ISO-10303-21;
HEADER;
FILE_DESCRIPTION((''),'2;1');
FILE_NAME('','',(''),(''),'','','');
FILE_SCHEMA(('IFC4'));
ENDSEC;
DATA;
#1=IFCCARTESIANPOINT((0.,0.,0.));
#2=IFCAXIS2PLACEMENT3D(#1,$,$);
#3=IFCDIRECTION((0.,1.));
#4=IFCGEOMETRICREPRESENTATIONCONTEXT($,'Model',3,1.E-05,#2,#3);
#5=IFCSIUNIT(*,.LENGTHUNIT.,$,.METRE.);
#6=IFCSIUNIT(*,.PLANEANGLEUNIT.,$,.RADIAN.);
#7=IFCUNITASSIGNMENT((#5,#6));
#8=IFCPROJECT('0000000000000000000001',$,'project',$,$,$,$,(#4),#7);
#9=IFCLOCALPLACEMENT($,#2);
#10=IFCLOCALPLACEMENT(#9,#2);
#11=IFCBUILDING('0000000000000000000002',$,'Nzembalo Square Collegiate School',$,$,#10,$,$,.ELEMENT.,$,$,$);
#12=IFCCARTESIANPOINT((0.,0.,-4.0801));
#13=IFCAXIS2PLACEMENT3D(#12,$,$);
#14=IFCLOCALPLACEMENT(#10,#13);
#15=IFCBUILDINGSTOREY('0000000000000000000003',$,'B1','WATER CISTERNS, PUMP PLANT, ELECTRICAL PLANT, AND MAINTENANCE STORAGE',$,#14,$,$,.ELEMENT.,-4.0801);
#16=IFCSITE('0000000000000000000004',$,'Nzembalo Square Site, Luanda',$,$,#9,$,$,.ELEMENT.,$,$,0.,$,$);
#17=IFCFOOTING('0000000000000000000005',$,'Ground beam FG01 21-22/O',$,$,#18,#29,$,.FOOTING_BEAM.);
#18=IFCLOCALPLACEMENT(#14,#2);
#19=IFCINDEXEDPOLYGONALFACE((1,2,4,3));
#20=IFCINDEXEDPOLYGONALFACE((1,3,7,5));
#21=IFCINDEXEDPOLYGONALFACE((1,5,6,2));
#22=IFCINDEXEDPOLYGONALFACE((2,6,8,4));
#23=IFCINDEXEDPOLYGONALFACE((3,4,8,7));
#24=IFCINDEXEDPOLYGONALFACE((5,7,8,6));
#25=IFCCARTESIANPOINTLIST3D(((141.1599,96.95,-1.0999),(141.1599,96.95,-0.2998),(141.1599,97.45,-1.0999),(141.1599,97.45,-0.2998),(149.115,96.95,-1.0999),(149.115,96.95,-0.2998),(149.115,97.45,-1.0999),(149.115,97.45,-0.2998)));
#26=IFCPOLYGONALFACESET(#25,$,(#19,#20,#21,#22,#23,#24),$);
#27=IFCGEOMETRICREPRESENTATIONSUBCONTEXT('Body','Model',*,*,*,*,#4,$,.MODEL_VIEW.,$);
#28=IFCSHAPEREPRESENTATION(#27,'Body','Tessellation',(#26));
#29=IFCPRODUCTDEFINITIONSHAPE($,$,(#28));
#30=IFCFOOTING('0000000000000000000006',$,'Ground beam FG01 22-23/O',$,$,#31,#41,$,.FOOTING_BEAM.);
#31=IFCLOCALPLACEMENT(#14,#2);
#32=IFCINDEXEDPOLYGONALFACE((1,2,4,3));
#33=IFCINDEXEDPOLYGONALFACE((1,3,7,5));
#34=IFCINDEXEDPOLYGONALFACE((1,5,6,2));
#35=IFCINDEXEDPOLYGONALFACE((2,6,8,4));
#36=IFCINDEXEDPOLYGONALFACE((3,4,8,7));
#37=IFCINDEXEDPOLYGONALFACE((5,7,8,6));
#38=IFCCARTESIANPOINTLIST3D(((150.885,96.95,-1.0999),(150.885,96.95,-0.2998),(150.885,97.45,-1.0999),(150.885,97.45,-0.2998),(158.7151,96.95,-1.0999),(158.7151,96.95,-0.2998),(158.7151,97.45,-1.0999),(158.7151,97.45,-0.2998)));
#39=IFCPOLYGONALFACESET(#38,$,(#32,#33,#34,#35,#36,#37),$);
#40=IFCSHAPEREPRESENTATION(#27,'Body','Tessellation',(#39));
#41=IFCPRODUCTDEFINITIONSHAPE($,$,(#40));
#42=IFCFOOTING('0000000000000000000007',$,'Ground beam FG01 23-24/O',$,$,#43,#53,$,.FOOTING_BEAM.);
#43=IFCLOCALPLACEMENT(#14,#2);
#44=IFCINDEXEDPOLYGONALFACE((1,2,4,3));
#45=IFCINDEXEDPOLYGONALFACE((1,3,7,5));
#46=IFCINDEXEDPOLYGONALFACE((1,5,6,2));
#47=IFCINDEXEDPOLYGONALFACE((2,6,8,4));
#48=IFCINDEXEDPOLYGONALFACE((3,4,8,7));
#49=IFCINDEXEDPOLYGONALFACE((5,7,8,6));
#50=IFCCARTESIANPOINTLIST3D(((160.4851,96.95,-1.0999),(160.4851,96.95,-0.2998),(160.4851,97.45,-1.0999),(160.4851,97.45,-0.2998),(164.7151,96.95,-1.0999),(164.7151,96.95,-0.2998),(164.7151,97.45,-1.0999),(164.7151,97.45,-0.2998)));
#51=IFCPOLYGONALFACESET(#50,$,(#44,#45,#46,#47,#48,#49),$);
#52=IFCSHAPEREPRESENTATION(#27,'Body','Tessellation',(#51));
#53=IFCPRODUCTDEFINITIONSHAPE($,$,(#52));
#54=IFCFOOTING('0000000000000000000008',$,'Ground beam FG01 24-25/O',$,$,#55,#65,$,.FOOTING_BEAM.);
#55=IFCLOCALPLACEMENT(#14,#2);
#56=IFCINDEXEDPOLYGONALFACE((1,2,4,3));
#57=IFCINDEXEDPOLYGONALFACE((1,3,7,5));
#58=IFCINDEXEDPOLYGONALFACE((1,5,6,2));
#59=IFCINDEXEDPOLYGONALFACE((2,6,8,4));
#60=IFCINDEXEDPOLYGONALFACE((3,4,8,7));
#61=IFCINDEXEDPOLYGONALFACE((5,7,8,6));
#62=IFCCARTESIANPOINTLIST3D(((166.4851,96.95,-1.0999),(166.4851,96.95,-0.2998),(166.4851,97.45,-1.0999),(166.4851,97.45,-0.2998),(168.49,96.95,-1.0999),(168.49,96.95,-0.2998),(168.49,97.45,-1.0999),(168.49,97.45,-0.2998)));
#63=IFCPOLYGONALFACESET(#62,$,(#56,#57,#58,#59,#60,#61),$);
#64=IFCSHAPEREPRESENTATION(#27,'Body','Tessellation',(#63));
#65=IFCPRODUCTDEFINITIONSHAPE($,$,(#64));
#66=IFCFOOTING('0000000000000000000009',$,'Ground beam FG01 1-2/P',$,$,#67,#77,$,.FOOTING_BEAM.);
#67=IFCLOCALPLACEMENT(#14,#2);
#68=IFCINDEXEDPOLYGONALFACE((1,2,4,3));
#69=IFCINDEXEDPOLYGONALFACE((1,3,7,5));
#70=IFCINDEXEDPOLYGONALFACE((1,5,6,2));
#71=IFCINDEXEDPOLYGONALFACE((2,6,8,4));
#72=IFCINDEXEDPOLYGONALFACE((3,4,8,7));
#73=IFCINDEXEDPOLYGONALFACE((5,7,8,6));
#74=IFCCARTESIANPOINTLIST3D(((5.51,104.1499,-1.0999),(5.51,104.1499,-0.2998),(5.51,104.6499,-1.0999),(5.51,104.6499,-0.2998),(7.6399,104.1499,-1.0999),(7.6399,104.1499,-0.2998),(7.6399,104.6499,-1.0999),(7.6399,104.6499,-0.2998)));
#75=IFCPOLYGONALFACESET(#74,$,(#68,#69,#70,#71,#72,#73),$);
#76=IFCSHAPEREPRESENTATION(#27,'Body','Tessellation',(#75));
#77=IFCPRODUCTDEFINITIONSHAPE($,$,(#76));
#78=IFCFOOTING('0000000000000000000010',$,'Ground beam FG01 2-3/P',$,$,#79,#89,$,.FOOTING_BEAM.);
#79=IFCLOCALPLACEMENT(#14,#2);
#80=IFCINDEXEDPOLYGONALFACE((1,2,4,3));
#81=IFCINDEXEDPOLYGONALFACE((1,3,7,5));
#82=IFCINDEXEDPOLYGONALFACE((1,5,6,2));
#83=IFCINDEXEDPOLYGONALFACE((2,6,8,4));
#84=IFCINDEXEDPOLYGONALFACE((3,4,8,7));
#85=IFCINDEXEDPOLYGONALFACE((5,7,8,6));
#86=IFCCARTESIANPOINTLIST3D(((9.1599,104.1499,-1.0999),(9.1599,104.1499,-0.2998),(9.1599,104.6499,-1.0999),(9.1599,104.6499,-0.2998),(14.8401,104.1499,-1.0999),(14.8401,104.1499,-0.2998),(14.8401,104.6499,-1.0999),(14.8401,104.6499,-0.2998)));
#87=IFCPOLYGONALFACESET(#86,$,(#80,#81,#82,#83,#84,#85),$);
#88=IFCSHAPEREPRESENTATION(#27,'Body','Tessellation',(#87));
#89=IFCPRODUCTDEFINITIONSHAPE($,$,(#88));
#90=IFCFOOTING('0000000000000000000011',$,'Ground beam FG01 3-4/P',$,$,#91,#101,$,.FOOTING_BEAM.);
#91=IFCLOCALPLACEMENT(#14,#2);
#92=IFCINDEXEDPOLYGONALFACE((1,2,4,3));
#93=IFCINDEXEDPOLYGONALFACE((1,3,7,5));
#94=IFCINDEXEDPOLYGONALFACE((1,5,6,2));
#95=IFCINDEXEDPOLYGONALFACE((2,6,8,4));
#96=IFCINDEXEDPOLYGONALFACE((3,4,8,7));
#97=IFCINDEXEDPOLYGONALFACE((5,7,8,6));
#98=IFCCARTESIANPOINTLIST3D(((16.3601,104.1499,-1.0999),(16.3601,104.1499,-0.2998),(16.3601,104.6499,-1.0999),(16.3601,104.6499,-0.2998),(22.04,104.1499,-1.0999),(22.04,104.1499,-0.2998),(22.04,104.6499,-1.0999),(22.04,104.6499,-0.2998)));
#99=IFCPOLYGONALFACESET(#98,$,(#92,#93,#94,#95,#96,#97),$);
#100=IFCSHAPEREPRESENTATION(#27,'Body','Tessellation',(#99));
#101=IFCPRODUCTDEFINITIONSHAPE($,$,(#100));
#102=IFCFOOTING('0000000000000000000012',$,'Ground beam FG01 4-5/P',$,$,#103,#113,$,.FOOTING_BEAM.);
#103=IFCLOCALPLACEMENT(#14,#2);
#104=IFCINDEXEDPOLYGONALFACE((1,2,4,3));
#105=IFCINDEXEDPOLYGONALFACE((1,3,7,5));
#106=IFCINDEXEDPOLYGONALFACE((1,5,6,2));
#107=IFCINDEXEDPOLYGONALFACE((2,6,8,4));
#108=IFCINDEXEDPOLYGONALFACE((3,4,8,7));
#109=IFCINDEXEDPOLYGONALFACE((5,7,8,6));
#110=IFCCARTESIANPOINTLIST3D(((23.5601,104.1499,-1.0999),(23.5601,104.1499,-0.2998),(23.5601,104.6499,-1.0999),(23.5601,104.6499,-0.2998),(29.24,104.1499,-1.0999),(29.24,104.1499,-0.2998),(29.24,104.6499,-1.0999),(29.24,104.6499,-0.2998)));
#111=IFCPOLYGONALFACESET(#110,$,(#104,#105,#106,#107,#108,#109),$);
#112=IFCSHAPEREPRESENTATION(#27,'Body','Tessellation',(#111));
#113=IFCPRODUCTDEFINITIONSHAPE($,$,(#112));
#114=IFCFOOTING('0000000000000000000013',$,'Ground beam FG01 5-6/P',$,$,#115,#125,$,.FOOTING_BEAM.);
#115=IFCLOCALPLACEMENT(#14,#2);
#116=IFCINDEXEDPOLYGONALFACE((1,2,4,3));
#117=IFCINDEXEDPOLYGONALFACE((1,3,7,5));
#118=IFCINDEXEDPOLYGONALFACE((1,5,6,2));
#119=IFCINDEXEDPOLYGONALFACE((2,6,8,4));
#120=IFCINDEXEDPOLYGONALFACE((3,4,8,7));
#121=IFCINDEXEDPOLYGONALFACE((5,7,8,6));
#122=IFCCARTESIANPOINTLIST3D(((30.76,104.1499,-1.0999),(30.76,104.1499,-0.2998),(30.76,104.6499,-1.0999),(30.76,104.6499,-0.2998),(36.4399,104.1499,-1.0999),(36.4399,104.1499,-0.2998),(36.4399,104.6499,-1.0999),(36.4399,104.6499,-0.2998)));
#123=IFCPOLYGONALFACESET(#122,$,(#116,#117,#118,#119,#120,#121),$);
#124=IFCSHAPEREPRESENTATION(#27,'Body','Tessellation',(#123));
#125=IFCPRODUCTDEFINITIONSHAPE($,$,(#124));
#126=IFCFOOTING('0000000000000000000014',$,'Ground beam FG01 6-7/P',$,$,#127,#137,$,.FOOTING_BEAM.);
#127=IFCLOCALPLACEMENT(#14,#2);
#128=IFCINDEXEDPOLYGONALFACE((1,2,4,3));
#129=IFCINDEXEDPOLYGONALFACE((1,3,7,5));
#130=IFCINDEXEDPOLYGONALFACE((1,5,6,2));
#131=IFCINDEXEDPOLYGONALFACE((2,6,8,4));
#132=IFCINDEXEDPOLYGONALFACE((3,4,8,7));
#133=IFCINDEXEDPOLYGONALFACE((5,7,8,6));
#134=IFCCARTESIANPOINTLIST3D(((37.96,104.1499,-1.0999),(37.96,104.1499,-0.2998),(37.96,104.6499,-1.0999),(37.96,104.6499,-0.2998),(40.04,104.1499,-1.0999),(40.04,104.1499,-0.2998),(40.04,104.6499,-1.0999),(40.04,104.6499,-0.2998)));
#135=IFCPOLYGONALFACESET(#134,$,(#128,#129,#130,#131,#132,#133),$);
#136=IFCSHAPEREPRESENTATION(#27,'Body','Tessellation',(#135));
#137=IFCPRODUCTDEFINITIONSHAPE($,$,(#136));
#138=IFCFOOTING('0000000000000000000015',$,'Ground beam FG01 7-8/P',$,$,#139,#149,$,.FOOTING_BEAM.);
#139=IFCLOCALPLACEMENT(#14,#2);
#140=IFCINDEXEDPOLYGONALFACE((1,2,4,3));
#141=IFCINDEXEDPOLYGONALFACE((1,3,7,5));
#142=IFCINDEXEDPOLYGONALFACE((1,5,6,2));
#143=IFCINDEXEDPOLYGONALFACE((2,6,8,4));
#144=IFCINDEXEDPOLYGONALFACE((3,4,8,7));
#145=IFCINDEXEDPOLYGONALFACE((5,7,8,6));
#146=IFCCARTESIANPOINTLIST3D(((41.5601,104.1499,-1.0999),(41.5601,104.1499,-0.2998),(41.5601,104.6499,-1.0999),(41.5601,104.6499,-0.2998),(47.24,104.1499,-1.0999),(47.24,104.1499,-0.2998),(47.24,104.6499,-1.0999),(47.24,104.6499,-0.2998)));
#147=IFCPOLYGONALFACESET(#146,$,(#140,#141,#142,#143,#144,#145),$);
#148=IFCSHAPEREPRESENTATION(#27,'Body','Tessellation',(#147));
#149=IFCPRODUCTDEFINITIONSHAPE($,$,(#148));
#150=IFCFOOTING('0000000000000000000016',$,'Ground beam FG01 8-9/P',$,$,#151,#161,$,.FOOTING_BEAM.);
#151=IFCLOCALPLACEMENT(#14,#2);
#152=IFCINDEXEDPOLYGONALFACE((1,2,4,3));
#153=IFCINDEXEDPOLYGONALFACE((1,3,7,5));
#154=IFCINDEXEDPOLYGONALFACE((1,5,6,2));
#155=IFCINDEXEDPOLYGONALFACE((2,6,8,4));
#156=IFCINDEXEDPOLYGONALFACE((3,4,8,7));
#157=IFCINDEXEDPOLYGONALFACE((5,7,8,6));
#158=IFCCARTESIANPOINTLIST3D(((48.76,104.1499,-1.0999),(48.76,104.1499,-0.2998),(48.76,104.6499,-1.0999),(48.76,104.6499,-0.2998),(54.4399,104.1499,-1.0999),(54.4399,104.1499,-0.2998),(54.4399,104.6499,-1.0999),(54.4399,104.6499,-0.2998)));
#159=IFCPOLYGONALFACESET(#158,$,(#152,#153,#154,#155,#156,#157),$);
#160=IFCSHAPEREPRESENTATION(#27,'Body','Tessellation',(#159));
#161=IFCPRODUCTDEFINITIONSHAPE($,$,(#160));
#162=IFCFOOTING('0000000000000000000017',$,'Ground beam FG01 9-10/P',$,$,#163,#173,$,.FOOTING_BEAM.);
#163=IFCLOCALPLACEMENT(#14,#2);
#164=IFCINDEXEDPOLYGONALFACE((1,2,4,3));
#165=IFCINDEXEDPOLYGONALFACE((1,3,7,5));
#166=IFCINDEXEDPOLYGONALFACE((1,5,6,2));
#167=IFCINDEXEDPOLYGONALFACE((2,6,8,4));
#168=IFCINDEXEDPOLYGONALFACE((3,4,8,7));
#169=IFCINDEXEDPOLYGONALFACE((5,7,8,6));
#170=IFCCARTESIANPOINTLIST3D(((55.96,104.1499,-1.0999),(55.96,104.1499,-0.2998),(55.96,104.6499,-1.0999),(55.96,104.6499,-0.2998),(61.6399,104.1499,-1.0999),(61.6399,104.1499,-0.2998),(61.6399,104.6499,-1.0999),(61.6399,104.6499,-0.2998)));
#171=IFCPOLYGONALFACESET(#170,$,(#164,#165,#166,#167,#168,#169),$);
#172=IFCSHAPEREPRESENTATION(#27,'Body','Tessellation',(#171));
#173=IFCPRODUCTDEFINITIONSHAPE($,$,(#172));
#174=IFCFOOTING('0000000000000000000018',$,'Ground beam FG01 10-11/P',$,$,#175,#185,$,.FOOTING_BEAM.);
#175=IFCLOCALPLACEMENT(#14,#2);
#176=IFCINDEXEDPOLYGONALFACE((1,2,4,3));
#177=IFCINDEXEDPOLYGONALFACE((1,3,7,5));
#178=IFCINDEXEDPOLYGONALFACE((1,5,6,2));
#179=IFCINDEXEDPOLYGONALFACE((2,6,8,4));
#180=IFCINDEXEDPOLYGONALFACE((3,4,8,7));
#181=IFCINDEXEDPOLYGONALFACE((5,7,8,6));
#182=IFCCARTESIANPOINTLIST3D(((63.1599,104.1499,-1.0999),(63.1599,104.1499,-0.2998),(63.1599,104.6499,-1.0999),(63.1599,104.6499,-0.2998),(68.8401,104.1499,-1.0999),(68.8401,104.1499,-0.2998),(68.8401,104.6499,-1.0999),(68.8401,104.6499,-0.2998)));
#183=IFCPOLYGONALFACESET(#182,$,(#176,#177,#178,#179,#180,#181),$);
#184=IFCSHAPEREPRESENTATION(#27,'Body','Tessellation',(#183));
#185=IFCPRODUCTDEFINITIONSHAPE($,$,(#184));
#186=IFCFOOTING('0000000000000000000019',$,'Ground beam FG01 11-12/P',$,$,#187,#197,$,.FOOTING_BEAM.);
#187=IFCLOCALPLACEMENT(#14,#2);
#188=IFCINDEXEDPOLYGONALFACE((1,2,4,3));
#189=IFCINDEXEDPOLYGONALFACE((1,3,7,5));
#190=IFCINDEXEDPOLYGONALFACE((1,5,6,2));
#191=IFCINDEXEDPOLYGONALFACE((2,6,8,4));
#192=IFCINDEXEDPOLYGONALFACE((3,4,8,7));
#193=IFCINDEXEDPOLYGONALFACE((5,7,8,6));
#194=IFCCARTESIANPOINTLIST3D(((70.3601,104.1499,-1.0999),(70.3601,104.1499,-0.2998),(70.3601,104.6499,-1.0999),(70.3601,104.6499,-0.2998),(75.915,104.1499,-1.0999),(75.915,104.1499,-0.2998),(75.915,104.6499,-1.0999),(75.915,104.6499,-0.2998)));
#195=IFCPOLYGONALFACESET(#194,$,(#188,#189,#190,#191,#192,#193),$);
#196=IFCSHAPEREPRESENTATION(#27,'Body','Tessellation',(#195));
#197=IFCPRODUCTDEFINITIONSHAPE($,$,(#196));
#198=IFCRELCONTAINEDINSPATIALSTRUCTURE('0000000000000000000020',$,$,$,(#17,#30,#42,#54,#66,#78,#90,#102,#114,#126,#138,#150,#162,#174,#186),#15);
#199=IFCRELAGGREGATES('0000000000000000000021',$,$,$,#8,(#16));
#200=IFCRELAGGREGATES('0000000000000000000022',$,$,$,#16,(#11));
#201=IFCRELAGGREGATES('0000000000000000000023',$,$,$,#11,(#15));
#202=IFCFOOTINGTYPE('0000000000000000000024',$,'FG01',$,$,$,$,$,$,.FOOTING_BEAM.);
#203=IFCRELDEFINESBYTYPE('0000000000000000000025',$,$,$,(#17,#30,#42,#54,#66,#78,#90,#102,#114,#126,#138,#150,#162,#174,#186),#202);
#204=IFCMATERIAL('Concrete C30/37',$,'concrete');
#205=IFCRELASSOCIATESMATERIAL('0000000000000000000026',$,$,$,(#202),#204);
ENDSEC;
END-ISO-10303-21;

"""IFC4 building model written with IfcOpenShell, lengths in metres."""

from ifc_helpers import new_model, si_unit, direction, frame, origin, place, context, subcontext, project, spatial, polyline, outline, extrude, material, type_object, element, save


model = new_model("IFC4")

# Units and contexts
model_context = context("Model", 3, precision=1e-05, world=origin(), true_north=direction((0.0, 1.0)))
body_context = subcontext(model_context, "Body", "Model", "MODEL_VIEW")
ifc_project = project(units=[si_unit("LENGTHUNIT", "METRE"), si_unit("PLANEANGLEUNIT", "RADIAN")], contexts=[model_context])

# Site, building, storey
site_placement = place(None, origin())
site = spatial("IfcSite", under=ifc_project, at=site_placement, Name="Nzembalo Square Site, Luanda", CompositionType="ELEMENT", RefElevation=0.0)
building_placement = place(site_placement, origin())
building = spatial("IfcBuilding", under=site, at=building_placement, Name="Nzembalo Square Collegiate School", CompositionType="ELEMENT")
storey_placement = place(building_placement, frame((0.0, 0.0, -4.0801)))
storey = spatial("IfcBuildingStorey", under=building, at=storey_placement, Name="B1", Description="WATER CISTERNS, PUMP PLANT, ELECTRICAL PLANT, AND MAINTENANCE STORAGE", CompositionType="ELEMENT", Elevation=-4.0801)

# Footings
ifc_material = material(Name="Concrete C30/37", Category="concrete")
footing_type = type_object("IfcFootingType", Name="FG01", PredefinedType="FOOTING_BEAM", material=ifc_material)
footing_1_placement = place(storey_placement, frame((0.0, 0.0, -1.0999)))
element("IfcFooting", 1, at=footing_1_placement, inside=storey, type_object=footing_type, Name="Ground beam FG01 21-22/O", PredefinedType="FOOTING_BEAM", context=body_context, shape_type="SweptSolid", body=[
    extrude(outline(polyline([(141.1599, 96.95), (149.115, 96.95), (149.115, 97.45), (141.1599, 97.45), (141.1599, 96.95)])), origin(), (0.0, 0.0, 1.0), 0.8),
])
footing_2_placement = place(storey_placement, frame((0.0, 0.0, -1.0999)))
element("IfcFooting", 2, at=footing_2_placement, inside=storey, type_object=footing_type, Name="Ground beam FG01 22-23/O", PredefinedType="FOOTING_BEAM", context=body_context, shape_type="SweptSolid", body=[
    extrude(outline(polyline([(150.885, 96.95), (158.7151, 96.95), (158.7151, 97.45), (150.885, 97.45), (150.885, 96.95)])), origin(), (0.0, 0.0, 1.0), 0.8),
])
footing_3_placement = place(storey_placement, frame((0.0, 0.0, -1.0999)))
element("IfcFooting", 3, at=footing_3_placement, inside=storey, type_object=footing_type, Name="Ground beam FG01 23-24/O", PredefinedType="FOOTING_BEAM", context=body_context, shape_type="SweptSolid", body=[
    extrude(outline(polyline([(160.4851, 96.95), (164.7151, 96.95), (164.7151, 97.45), (160.4851, 97.45), (160.4851, 96.95)])), origin(), (0.0, 0.0, 1.0), 0.8),
])
footing_4_placement = place(storey_placement, frame((0.0, 0.0, -1.0999)))
element("IfcFooting", 4, at=footing_4_placement, inside=storey, type_object=footing_type, Name="Ground beam FG01 24-25/O", PredefinedType="FOOTING_BEAM", context=body_context, shape_type="SweptSolid", body=[
    extrude(outline(polyline([(166.4851, 96.95), (168.49, 96.95), (168.49, 97.45), (166.4851, 97.45), (166.4851, 96.95)])), origin(), (0.0, 0.0, 1.0), 0.8),
])
footing_5_placement = place(storey_placement, frame((0.0, 0.0, -1.0999)))
element("IfcFooting", 5, at=footing_5_placement, inside=storey, type_object=footing_type, Name="Ground beam FG01 1-2/P", PredefinedType="FOOTING_BEAM", context=body_context, shape_type="SweptSolid", body=[
    extrude(outline(polyline([(5.51, 104.1499), (7.6399, 104.1499), (7.6399, 104.6499), (5.51, 104.6499), (5.51, 104.1499)])), origin(), (0.0, 0.0, 1.0), 0.8),
])
footing_6_placement = place(storey_placement, frame((0.0, 0.0, -1.0999)))
element("IfcFooting", 6, at=footing_6_placement, inside=storey, type_object=footing_type, Name="Ground beam FG01 2-3/P", PredefinedType="FOOTING_BEAM", context=body_context, shape_type="SweptSolid", body=[
    extrude(outline(polyline([(9.1599, 104.1499), (14.8401, 104.1499), (14.8401, 104.6499), (9.1599, 104.6499), (9.1599, 104.1499)])), origin(), (0.0, 0.0, 1.0), 0.8),
])
footing_7_placement = place(storey_placement, frame((0.0, 0.0, -1.0999)))
element("IfcFooting", 7, at=footing_7_placement, inside=storey, type_object=footing_type, Name="Ground beam FG01 3-4/P", PredefinedType="FOOTING_BEAM", context=body_context, shape_type="SweptSolid", body=[
    extrude(outline(polyline([(16.3601, 104.1499), (22.04, 104.1499), (22.04, 104.6499), (16.3601, 104.6499), (16.3601, 104.1499)])), origin(), (0.0, 0.0, 1.0), 0.8),
])
footing_8_placement = place(storey_placement, frame((0.0, 0.0, -1.0999)))
element("IfcFooting", 8, at=footing_8_placement, inside=storey, type_object=footing_type, Name="Ground beam FG01 4-5/P", PredefinedType="FOOTING_BEAM", context=body_context, shape_type="SweptSolid", body=[
    extrude(outline(polyline([(23.5601, 104.1499), (29.24, 104.1499), (29.24, 104.6499), (23.5601, 104.6499), (23.5601, 104.1499)])), origin(), (0.0, 0.0, 1.0), 0.8),
])
footing_9_placement = place(storey_placement, frame((0.0, 0.0, -1.0999)))
element("IfcFooting", 9, at=footing_9_placement, inside=storey, type_object=footing_type, Name="Ground beam FG01 5-6/P", PredefinedType="FOOTING_BEAM", context=body_context, shape_type="SweptSolid", body=[
    extrude(outline(polyline([(30.76, 104.1499), (36.4399, 104.1499), (36.4399, 104.6499), (30.76, 104.6499), (30.76, 104.1499)])), origin(), (0.0, 0.0, 1.0), 0.8),
])
footing_10_placement = place(storey_placement, frame((0.0, 0.0, -1.0999)))
element("IfcFooting", 10, at=footing_10_placement, inside=storey, type_object=footing_type, Name="Ground beam FG01 6-7/P", PredefinedType="FOOTING_BEAM", context=body_context, shape_type="SweptSolid", body=[
    extrude(outline(polyline([(37.96, 104.1499), (40.04, 104.1499), (40.04, 104.6499), (37.96, 104.6499), (37.96, 104.1499)])), origin(), (0.0, 0.0, 1.0), 0.8),
])
footing_11_placement = place(storey_placement, frame((0.0, 0.0, -1.0999)))
element("IfcFooting", 11, at=footing_11_placement, inside=storey, type_object=footing_type, Name="Ground beam FG01 7-8/P", PredefinedType="FOOTING_BEAM", context=body_context, shape_type="SweptSolid", body=[
    extrude(outline(polyline([(41.5601, 104.1499), (47.24, 104.1499), (47.24, 104.6499), (41.5601, 104.6499), (41.5601, 104.1499)])), origin(), (0.0, 0.0, 1.0), 0.8),
])
footing_12_placement = place(storey_placement, frame((0.0, 0.0, -1.0999)))
element("IfcFooting", 12, at=footing_12_placement, inside=storey, type_object=footing_type, Name="Ground beam FG01 8-9/P", PredefinedType="FOOTING_BEAM", context=body_context, shape_type="SweptSolid", body=[
    extrude(outline(polyline([(48.76, 104.1499), (54.4399, 104.1499), (54.4399, 104.6499), (48.76, 104.6499), (48.76, 104.1499)])), origin(), (0.0, 0.0, 1.0), 0.8),
])
footing_13_placement = place(storey_placement, frame((0.0, 0.0, -1.0999)))
element("IfcFooting", 13, at=footing_13_placement, inside=storey, type_object=footing_type, Name="Ground beam FG01 9-10/P", PredefinedType="FOOTING_BEAM", context=body_context, shape_type="SweptSolid", body=[
    extrude(outline(polyline([(55.96, 104.1499), (61.6399, 104.1499), (61.6399, 104.6499), (55.96, 104.6499), (55.96, 104.1499)])), origin(), (0.0, 0.0, 1.0), 0.8),
])
footing_14_placement = place(storey_placement, frame((0.0, 0.0, -1.0999)))
element("IfcFooting", 14, at=footing_14_placement, inside=storey, type_object=footing_type, Name="Ground beam FG01 10-11/P", PredefinedType="FOOTING_BEAM", context=body_context, shape_type="SweptSolid", body=[
    extrude(outline(polyline([(63.1599, 104.1499), (68.8401, 104.1499), (68.8401, 104.6499), (63.1599, 104.6499), (63.1599, 104.1499)])), origin(), (0.0, 0.0, 1.0), 0.8),
])
footing_15_placement = place(storey_placement, frame((0.0, 0.0, -1.0999)))
element("IfcFooting", 15, at=footing_15_placement, inside=storey, type_object=footing_type, Name="Ground beam FG01 11-12/P", PredefinedType="FOOTING_BEAM", context=body_context, shape_type="SweptSolid", body=[
    extrude(outline(polyline([(70.3601, 104.1499), (75.915, 104.1499), (75.915, 104.6499), (70.3601, 104.6499), (70.3601, 104.1499)])), origin(), (0.0, 0.0, 1.0), 0.8),
])

save(model, "model.ifc")
